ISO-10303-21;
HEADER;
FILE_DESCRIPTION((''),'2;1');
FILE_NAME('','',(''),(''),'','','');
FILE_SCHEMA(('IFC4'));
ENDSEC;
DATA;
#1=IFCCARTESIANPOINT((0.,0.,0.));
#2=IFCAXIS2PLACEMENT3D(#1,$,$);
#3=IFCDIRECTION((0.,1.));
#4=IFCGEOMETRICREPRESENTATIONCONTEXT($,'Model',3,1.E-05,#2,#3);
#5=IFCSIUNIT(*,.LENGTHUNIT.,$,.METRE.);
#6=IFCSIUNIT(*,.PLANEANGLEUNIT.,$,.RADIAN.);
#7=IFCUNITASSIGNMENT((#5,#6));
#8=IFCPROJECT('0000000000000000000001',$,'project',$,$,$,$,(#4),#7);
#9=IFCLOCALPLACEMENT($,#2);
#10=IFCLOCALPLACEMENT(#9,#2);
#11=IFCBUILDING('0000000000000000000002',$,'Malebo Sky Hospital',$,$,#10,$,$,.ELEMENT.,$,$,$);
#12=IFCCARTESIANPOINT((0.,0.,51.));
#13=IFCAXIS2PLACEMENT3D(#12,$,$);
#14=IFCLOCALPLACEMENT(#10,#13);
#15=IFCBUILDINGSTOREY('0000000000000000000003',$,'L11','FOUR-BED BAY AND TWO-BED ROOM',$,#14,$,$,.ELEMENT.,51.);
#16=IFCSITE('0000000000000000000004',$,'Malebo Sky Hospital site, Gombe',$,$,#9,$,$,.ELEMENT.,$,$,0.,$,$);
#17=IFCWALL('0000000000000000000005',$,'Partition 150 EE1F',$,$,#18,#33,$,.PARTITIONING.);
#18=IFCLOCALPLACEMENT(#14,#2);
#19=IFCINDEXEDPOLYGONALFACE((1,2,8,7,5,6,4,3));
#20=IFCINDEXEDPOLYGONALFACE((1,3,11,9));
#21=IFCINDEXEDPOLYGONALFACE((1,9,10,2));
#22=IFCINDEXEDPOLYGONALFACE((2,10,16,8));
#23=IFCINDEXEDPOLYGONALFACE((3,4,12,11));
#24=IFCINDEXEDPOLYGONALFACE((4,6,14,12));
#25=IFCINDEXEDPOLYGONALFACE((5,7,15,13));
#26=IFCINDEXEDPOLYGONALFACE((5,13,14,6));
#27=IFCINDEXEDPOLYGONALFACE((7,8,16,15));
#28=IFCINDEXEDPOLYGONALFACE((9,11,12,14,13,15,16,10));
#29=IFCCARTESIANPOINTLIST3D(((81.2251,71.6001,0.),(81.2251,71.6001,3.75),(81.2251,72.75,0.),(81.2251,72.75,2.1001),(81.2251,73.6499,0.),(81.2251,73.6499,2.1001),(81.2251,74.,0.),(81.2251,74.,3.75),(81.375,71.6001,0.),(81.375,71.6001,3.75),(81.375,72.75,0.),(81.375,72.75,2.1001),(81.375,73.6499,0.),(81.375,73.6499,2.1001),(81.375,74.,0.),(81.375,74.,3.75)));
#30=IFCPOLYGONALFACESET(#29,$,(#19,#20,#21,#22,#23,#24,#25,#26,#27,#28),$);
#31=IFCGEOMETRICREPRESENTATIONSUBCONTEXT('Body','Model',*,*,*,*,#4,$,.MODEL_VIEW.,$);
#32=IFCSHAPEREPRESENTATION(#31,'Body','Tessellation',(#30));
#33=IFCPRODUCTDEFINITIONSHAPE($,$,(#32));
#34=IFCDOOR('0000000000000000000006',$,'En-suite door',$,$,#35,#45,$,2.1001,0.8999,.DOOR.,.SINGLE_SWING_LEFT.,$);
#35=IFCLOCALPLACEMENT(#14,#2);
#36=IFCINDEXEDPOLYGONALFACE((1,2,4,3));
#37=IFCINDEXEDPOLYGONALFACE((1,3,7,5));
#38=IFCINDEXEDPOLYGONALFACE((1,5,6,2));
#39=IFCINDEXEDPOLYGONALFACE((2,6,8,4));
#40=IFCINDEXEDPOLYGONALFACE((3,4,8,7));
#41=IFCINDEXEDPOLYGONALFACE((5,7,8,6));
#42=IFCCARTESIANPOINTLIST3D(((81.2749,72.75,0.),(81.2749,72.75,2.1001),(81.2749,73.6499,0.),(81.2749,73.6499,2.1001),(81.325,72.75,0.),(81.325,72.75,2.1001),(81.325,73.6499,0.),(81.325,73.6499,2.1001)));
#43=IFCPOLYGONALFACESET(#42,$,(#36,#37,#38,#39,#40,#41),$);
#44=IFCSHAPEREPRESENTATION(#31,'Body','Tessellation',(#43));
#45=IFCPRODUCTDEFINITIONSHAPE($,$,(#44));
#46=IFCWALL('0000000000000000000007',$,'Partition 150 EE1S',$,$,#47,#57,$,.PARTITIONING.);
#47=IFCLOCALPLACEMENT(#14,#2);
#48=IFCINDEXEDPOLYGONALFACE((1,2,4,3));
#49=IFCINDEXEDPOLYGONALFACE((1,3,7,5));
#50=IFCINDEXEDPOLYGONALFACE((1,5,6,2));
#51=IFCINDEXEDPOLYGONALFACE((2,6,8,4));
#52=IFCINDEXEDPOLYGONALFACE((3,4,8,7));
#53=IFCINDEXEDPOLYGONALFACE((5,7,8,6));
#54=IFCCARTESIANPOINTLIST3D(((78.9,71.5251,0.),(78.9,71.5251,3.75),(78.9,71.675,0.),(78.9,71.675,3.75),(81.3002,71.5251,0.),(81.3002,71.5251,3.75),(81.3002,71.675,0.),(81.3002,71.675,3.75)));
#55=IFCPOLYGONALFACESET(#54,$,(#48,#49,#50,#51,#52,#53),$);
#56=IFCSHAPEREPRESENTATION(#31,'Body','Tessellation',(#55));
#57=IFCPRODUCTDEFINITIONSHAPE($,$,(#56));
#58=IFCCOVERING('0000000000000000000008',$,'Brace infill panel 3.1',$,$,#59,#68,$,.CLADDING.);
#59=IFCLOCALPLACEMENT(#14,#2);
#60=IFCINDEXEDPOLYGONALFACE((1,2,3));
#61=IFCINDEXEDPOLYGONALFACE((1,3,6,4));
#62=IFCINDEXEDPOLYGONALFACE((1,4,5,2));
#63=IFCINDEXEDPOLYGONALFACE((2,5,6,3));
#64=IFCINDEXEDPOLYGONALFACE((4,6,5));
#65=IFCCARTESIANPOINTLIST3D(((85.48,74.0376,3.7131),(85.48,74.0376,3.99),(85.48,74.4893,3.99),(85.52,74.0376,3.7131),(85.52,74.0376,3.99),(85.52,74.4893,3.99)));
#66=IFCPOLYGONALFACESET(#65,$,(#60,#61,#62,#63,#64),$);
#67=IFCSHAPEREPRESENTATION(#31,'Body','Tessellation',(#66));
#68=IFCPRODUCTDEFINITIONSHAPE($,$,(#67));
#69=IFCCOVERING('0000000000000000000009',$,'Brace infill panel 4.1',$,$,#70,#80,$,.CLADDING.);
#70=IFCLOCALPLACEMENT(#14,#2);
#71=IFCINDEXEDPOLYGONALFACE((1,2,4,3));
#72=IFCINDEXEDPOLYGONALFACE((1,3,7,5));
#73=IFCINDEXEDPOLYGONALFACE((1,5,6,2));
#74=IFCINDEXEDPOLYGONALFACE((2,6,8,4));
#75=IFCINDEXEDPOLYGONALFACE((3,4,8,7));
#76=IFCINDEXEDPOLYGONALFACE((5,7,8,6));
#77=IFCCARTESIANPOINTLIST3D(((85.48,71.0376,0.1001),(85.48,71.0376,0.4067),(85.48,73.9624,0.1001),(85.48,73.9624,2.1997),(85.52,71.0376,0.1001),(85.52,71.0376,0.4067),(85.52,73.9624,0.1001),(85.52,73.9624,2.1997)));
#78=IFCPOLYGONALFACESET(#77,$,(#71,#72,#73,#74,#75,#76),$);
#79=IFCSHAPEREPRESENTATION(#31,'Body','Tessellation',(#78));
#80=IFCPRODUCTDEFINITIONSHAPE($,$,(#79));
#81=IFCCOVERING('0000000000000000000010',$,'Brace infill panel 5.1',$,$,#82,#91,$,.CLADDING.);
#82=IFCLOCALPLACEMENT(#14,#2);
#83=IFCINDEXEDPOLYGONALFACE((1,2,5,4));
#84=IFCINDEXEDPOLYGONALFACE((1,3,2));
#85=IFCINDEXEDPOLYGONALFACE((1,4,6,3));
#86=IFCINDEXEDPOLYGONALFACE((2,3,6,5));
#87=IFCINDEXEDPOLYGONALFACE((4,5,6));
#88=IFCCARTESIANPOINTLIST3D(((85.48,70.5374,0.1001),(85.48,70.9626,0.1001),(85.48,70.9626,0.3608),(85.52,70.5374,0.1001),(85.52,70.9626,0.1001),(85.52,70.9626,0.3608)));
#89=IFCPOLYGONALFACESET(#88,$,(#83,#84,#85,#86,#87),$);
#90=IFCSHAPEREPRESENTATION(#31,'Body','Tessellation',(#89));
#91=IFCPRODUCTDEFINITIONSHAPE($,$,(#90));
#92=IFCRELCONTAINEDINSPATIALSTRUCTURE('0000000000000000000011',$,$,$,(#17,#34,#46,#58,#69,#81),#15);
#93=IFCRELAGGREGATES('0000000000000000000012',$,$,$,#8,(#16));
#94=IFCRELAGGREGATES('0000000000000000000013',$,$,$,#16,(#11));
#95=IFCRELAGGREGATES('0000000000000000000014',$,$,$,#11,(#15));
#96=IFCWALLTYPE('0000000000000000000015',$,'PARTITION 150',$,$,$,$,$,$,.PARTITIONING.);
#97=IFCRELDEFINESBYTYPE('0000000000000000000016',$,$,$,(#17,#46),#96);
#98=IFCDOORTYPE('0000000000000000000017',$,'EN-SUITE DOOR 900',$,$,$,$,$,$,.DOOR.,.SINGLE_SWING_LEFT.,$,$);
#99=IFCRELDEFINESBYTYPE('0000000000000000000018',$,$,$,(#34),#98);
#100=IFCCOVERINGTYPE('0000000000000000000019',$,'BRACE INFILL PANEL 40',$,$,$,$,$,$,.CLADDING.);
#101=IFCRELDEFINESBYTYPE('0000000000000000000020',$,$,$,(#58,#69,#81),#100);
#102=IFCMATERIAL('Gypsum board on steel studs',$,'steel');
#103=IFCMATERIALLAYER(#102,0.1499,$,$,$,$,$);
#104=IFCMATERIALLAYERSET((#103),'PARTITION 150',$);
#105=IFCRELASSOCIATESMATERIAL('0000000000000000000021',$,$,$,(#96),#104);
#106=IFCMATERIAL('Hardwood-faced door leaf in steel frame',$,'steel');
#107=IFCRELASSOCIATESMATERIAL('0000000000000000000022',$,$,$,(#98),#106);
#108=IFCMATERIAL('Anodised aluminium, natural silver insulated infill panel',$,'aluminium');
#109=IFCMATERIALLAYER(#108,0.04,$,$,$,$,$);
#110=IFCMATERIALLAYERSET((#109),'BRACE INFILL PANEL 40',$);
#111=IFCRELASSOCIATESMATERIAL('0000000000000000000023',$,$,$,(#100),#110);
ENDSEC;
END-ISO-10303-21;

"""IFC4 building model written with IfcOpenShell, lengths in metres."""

from ifc_helpers import new_model, si_unit, direction, frame, frame_2d, origin, place, context, subcontext, project, spatial, polyline, rectangle, outline, extrude, material, layer, layer_set, type_object, element, fill, save


model = new_model("IFC4")

# Units and contexts
model_context = context("Model", 3, precision=1e-05, world=origin(), true_north=direction((0.0, 1.0)))
body_context = subcontext(model_context, "Body", "Model", "MODEL_VIEW")
ifc_project = project(units=[si_unit("LENGTHUNIT", "METRE"), si_unit("PLANEANGLEUNIT", "RADIAN")], contexts=[model_context])

# Site, building, storey
site_placement = place(None, origin())
site = spatial("IfcSite", under=ifc_project, at=site_placement, Name="Malebo Sky Hospital site, Gombe", CompositionType="ELEMENT", RefElevation=0.0)
building_placement = place(site_placement, origin())
building = spatial("IfcBuilding", under=site, at=building_placement, Name="Malebo Sky Hospital", CompositionType="ELEMENT")
storey_placement = place(building_placement, frame((0.0, 0.0, 51.0)))
storey = spatial("IfcBuildingStorey", under=building, at=storey_placement, Name="L11", Description="FOUR-BED BAY AND TWO-BED ROOM", CompositionType="ELEMENT", Elevation=51.0)

# Shared definitions
ifc_material_1 = material(Name="Gypsum board on steel studs", Category="steel")
ifc_layer_1 = layer(ifc_material_1, 0.1499)
ifc_layer_set_1 = layer_set([ifc_layer_1], Name="PARTITION 150")
wall_type = type_object("IfcWallType", Name="PARTITION 150", PredefinedType="PARTITIONING", material=ifc_layer_set_1)

# Wall, opening, door
wall_1_placement = place(storey_placement, frame((81.3, 74.0, 0.0), z_axis=(0.0, 0.0, 1.0), x_axis=(0.0, -1.0, 0.0)))
wall_1 = element("IfcWall", 1, at=wall_1_placement, inside=storey, type_object=wall_type, Name="Partition 150 EE1F", PredefinedType="PARTITIONING", context=body_context, shape_type="SweptSolid", body=[
    extrude(rectangle(XDim=2.3999, YDim=0.1499, at=frame_2d((1.2, 0.0))), origin(), (0.0, 0.0, 1.0), 3.75),
])
opening_placement = place(wall_1_placement, frame((0.3501, 0.0, 0.0)))
opening = element("IfcOpeningElement", 2, at=opening_placement, cuts=wall_1, PredefinedType="OPENING", context=body_context, shape_type="SweptSolid", body=[
    extrude(rectangle(XDim=0.8999, YDim=2.1001, at=frame_2d((0.45, 1.05))), frame((0.0, 0.085, 0.0), z_axis=(0.0, -1.0, 0.0), x_axis=(1.0, 0.0, 0.0)), (0.0, 0.0, 1.0), 0.1699),
])
ifc_material_2 = material(Name="Hardwood-faced door leaf in steel frame", Category="steel")
door_type = type_object("IfcDoorType", Name="EN-SUITE DOOR 900", OperationType="SINGLE_SWING_LEFT", PredefinedType="DOOR", material=ifc_material_2)
door_placement = place(opening_placement, origin())
door = element("IfcDoor", 3, at=door_placement, inside=storey, type_object=door_type, Name="En-suite door", OperationType="SINGLE_SWING_LEFT", OverallHeight=2.1001, OverallWidth=0.8999, PredefinedType="DOOR", context=body_context, shape_type="SweptSolid", body=[
    extrude(rectangle(XDim=0.8999, YDim=2.1001, at=frame_2d((0.45, 1.05))), frame((0.0, 0.0249, 0.0), z_axis=(0.0, -1.0, 0.0), x_axis=(1.0, 0.0, 0.0)), (0.0, 0.0, 1.0), 0.05),
])
fill(opening, door)

# Wall
wall_2_placement = place(storey_placement, frame((78.8999, 71.6001, 0.0), z_axis=(0.0, 0.0, 1.0), x_axis=(1.0, 0.0, 0.0)))
element("IfcWall", 4, at=wall_2_placement, inside=storey, type_object=wall_type, Name="Partition 150 EE1S", PredefinedType="PARTITIONING", context=body_context, shape_type="SweptSolid", body=[
    extrude(rectangle(XDim=2.4001, YDim=0.1499, at=frame_2d((1.2002, 0.0))), origin(), (0.0, 0.0, 1.0), 3.75),
])

# Coverings
ifc_material_3 = material(Name="Anodised aluminium, natural silver insulated infill panel", Category="aluminium")
ifc_layer_2 = layer(ifc_material_3, 0.04)
ifc_layer_set_2 = layer_set([ifc_layer_2], Name="BRACE INFILL PANEL 40")
covering_type = type_object("IfcCoveringType", Name="BRACE INFILL PANEL 40", PredefinedType="CLADDING", material=ifc_layer_set_2)
covering_1_placement = place(storey_placement, frame((85.5, 74.2634, 3.7131), z_axis=(0.0, 0.0, 1.0), x_axis=(0.0, -1.0, 0.0)))
element("IfcCovering", 5, at=covering_1_placement, inside=storey, type_object=covering_type, Name="Brace infill panel 3.1", PredefinedType="CLADDING", context=body_context, shape_type="SweptSolid", body=[
    extrude(outline(polyline([(0.2258, 0.0), (0.2258, 0.2769), (-0.2258, 0.2769), (0.2258, 0.0)])), frame((0.0, 0.02, 0.0), z_axis=(0.0, -1.0, 0.0), x_axis=(1.0, 0.0, 0.0)), (0.0, 0.0, 1.0), 0.04),
])
covering_2_placement = place(storey_placement, frame((85.5, 72.5, 0.1001), z_axis=(0.0, 0.0, 1.0), x_axis=(0.0, -1.0, 0.0)))
element("IfcCovering", 6, at=covering_2_placement, inside=storey, type_object=covering_type, Name="Brace infill panel 4.1", PredefinedType="CLADDING", context=body_context, shape_type="SweptSolid", body=[
    extrude(outline(polyline([(-1.4624, 0.0), (1.4624, 0.0), (1.4624, 0.3066), (-1.4624, 2.0996), (-1.4624, 0.0)])), frame((0.0, 0.02, 0.0), z_axis=(0.0, -1.0, 0.0), x_axis=(1.0, 0.0, 0.0)), (0.0, 0.0, 1.0), 0.04),
])
covering_3_placement = place(storey_placement, frame((85.5, 70.75, 0.1001), z_axis=(0.0, 0.0, 1.0), x_axis=(0.0, -1.0, 0.0)))
element("IfcCovering", 7, at=covering_3_placement, inside=storey, type_object=covering_type, Name="Brace infill panel 5.1", PredefinedType="CLADDING", context=body_context, shape_type="SweptSolid", body=[
    extrude(outline(polyline([(-0.2126, 0.0), (0.2126, 0.0), (-0.2126, 0.2607), (-0.2126, 0.0)])), frame((0.0, 0.02, 0.0), z_axis=(0.0, -1.0, 0.0), x_axis=(1.0, 0.0, 0.0)), (0.0, 0.0, 1.0), 0.04),
])

save(model, "model.ifc")
